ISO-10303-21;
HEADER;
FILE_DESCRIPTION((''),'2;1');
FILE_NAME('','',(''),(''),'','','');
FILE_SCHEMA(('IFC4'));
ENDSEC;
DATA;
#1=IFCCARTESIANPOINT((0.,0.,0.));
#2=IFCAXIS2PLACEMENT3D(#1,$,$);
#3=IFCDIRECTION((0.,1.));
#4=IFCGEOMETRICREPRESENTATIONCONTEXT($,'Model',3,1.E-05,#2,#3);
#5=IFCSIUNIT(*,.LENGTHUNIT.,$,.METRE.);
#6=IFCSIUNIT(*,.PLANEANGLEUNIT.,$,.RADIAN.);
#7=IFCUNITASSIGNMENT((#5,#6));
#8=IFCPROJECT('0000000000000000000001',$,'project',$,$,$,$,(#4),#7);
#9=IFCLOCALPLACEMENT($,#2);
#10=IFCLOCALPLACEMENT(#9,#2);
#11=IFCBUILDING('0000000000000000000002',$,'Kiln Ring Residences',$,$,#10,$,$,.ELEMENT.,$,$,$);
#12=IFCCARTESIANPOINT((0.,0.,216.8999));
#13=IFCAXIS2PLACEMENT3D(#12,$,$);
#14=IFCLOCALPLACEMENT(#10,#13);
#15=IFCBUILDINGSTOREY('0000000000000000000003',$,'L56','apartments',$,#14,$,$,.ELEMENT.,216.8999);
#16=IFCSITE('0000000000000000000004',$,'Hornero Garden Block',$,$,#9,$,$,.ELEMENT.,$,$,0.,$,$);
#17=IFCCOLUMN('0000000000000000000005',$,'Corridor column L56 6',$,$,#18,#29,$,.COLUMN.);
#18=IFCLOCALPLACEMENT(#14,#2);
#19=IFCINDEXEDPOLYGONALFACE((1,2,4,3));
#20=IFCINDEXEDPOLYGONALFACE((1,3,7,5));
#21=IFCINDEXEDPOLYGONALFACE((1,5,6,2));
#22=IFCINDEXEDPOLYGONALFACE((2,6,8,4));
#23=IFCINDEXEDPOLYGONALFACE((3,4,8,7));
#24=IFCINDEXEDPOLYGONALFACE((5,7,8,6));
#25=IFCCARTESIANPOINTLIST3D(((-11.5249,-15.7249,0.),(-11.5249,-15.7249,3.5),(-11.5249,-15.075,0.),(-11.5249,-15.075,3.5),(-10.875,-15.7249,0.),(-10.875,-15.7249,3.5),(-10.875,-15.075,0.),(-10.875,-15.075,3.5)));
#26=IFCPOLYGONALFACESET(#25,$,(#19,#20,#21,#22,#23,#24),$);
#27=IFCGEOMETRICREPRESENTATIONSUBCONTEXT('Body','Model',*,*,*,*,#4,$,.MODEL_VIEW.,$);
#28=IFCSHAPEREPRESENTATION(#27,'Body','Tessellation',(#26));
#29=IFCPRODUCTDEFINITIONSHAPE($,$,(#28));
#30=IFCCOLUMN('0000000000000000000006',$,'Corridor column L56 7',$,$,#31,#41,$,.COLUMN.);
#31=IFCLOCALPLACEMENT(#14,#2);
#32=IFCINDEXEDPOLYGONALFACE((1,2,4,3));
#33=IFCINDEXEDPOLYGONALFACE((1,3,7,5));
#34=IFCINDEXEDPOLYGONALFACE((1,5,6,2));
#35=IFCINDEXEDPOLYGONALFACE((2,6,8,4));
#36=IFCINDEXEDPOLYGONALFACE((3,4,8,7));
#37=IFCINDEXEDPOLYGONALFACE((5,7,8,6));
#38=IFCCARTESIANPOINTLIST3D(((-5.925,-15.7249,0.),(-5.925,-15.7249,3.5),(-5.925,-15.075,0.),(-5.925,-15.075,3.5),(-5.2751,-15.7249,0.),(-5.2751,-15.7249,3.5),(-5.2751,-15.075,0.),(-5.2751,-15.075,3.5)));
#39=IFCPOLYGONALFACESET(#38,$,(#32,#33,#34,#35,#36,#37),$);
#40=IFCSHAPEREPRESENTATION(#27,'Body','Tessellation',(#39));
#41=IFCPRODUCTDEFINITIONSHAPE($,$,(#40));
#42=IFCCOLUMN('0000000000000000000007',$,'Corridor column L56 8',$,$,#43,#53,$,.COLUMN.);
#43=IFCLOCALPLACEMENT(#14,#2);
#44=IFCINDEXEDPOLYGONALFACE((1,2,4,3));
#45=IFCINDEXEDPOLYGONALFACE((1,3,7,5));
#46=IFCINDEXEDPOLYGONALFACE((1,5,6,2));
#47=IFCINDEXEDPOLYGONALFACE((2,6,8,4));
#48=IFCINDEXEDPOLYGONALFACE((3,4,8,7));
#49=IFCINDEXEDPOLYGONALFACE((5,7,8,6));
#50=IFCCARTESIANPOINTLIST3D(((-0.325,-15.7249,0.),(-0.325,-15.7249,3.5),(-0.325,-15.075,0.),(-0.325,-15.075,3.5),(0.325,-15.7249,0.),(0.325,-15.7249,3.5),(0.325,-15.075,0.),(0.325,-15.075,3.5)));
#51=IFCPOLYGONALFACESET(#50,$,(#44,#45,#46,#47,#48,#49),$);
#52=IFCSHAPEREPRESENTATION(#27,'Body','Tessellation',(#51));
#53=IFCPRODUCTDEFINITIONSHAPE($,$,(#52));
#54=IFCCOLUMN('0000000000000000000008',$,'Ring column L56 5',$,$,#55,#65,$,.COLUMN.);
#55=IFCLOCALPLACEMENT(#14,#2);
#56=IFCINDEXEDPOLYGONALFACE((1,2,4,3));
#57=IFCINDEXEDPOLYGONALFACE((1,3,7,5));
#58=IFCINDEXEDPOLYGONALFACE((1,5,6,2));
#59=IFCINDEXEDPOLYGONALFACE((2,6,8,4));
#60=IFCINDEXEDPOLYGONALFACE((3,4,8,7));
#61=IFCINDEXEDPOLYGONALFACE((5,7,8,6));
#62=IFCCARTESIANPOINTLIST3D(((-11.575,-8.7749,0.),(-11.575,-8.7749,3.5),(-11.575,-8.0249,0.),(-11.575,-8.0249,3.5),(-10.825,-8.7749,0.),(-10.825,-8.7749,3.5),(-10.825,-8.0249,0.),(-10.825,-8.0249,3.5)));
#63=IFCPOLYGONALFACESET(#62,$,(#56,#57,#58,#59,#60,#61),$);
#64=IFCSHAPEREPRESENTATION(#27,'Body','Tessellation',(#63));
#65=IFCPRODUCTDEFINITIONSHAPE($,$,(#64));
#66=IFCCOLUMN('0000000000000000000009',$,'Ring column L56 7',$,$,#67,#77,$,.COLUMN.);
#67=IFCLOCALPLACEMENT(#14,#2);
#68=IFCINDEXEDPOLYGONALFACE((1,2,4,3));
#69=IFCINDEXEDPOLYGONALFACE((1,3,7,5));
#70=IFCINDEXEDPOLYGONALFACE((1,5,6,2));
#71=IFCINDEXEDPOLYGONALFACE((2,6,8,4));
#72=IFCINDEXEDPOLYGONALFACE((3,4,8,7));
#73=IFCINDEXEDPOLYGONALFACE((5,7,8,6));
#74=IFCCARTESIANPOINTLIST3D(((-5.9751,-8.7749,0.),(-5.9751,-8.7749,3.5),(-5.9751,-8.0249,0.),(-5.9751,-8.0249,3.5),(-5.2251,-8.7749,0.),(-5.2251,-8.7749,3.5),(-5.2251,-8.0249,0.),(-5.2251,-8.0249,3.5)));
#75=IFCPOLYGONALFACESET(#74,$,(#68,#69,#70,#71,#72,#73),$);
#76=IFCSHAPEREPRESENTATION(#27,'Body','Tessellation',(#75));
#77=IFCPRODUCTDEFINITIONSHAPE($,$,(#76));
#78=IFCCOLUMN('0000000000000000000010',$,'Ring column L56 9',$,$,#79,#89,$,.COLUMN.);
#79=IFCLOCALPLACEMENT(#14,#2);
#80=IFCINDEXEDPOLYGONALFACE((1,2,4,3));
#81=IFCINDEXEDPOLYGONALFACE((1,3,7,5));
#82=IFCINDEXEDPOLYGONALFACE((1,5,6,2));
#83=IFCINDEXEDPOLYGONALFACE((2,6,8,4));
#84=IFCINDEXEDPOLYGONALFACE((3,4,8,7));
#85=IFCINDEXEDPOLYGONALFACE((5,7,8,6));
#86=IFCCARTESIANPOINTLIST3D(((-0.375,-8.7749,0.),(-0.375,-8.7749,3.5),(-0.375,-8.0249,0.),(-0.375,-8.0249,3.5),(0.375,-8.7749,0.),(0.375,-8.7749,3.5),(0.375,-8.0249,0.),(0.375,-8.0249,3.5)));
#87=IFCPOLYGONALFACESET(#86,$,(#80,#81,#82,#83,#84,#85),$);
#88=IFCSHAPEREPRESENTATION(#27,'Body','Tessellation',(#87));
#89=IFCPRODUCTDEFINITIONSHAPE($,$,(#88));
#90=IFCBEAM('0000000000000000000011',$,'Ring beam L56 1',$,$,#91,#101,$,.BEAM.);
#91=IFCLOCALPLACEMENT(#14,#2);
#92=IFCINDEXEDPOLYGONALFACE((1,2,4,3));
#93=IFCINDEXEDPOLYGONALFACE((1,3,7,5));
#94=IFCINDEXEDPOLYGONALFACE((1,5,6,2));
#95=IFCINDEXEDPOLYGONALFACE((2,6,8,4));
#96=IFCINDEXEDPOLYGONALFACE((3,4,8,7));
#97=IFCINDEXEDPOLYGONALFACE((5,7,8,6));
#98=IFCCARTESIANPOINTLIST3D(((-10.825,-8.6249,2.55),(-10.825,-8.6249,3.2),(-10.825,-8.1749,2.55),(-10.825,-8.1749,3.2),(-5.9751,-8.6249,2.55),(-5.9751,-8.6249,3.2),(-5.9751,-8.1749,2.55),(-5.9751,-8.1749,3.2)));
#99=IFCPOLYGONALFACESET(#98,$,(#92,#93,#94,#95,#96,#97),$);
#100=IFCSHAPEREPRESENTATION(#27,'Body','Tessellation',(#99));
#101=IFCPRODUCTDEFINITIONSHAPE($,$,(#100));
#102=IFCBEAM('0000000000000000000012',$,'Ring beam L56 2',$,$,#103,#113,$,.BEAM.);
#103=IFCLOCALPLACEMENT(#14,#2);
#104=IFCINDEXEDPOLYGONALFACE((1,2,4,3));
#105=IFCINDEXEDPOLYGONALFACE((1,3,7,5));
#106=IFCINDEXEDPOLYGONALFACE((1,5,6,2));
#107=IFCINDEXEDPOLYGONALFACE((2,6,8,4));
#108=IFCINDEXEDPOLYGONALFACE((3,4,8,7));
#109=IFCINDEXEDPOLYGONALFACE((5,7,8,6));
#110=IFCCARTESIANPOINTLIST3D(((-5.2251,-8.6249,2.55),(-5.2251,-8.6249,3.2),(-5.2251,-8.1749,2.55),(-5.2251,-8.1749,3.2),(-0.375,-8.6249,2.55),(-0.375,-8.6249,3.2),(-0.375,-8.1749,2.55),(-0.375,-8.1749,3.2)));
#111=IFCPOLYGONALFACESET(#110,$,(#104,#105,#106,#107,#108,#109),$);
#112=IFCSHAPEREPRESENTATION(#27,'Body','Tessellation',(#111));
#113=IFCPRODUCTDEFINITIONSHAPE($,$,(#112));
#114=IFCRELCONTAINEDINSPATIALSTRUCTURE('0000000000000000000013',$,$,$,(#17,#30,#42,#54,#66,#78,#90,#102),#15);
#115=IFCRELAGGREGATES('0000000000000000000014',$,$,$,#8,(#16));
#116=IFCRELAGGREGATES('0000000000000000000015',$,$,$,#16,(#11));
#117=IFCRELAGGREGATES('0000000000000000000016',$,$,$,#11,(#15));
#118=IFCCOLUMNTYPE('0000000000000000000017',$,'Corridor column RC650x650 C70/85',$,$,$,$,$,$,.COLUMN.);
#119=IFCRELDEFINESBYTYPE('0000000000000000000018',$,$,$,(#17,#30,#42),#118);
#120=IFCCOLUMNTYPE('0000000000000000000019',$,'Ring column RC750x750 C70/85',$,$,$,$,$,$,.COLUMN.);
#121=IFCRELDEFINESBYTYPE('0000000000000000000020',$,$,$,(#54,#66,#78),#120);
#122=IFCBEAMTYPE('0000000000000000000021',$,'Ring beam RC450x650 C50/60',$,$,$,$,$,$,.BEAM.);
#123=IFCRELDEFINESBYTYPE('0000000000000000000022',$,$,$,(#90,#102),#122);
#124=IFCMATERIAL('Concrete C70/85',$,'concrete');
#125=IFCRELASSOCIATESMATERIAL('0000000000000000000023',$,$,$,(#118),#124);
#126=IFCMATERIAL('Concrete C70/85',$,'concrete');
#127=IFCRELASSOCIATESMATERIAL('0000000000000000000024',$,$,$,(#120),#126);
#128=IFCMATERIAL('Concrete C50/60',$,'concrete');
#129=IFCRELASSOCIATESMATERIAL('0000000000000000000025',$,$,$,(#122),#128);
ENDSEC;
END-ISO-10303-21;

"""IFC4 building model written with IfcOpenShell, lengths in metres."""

from ifc_helpers import new_model, si_unit, direction, frame, origin, origin_2d, place, context, subcontext, project, spatial, rectangle, extrude, material, material_profile, profile_set, type_object, element, save


model = new_model("IFC4")

# Units and contexts
model_context = context("Model", 3, precision=1e-05, world=origin(), true_north=direction((0.0, 1.0)))
body_context = subcontext(model_context, "Body", "Model", "MODEL_VIEW")
ifc_project = project(units=[si_unit("LENGTHUNIT", "METRE"), si_unit("PLANEANGLEUNIT", "RADIAN")], contexts=[model_context])

# Site, building, storey
site_placement = place(None, origin())
site = spatial("IfcSite", under=ifc_project, at=site_placement, Name="Hornero Garden Block", CompositionType="ELEMENT", RefElevation=0.0)
building_placement = place(site_placement, origin())
building = spatial("IfcBuilding", under=site, at=building_placement, Name="Kiln Ring Residences", CompositionType="ELEMENT")
storey_placement = place(building_placement, frame((0.0, 0.0, 216.8999)))
storey = spatial("IfcBuildingStorey", under=building, at=storey_placement, Name="L56", Description="apartments", CompositionType="ELEMENT", Elevation=216.8999)

# Columns
ifc_material_1 = material(Name="Concrete C70/85", Category="concrete")
ifc_material_profile_1 = material_profile(ifc_material_1, rectangle(XDim=0.6499, YDim=0.6499, at=origin_2d()), Name="RC650x650")
ifc_profile_set_1 = profile_set([ifc_material_profile_1], Name="Concrete C70/85")
column_type_1 = type_object("IfcColumnType", Name="Corridor column RC650x650 C70/85", PredefinedType="COLUMN", material=ifc_profile_set_1)
for number, where, z_axis, x_axis, name in (
    (1, (-11.2, -15.3999, 0.0), (0.0, 0.0, 1.0), (1.0, 0.0, 0.0), "Corridor column L56 6"),
    (2, (-5.6001, -15.3999, 0.0), (0.0, 0.0, 1.0), (1.0, 0.0, 0.0), "Corridor column L56 7"),
    (3, (0.0, -15.3999, 0.0), (0.0, 0.0, 1.0), (1.0, 0.0, 0.0), "Corridor column L56 8"),
):
    element("IfcColumn", number, at=place(storey_placement, frame(where, z_axis=z_axis, x_axis=x_axis)), inside=storey, type_object=column_type_1, Name=name, PredefinedType="COLUMN", context=body_context, shape_type="SweptSolid", body=[
        extrude(rectangle(XDim=0.6499, YDim=0.6499, at=origin_2d()), origin(), (0.0, 0.0, 1.0), 3.5),
    ])
ifc_material_2 = material(Name="Concrete C70/85", Category="concrete")
ifc_material_profile_2 = material_profile(ifc_material_2, rectangle(XDim=0.75, YDim=0.75, at=origin_2d()), Name="RC750x750")
ifc_profile_set_2 = profile_set([ifc_material_profile_2], Name="Concrete C70/85")
column_type_2 = type_object("IfcColumnType", Name="Ring column RC750x750 C70/85", PredefinedType="COLUMN", material=ifc_profile_set_2)
for number, where, z_axis, x_axis, name in (
    (4, (-11.2, -8.3999, 0.0), (0.0, 0.0, 1.0), (1.0, 0.0, 0.0), "Ring column L56 5"),
    (5, (-5.6001, -8.3999, 0.0), (0.0, 0.0, 1.0), (1.0, 0.0, 0.0), "Ring column L56 7"),
    (6, (0.0, -8.3999, 0.0), (0.0, 0.0, 1.0), (1.0, 0.0, 0.0), "Ring column L56 9"),
):
    element("IfcColumn", number, at=place(storey_placement, frame(where, z_axis=z_axis, x_axis=x_axis)), inside=storey, type_object=column_type_2, Name=name, PredefinedType="COLUMN", context=body_context, shape_type="SweptSolid", body=[
        extrude(rectangle(XDim=0.75, YDim=0.75, at=origin_2d()), origin(), (0.0, 0.0, 1.0), 3.5),
    ])

# Beams
ifc_material_3 = material(Name="Concrete C50/60", Category="concrete")
ifc_material_profile_3 = material_profile(ifc_material_3, rectangle(XDim=0.45, YDim=0.6499, at=origin_2d()), Name="RC450x650")
ifc_profile_set_3 = profile_set([ifc_material_profile_3], Name="Concrete C50/60")
beam_type = type_object("IfcBeamType", Name="Ring beam RC450x650 C50/60", PredefinedType="BEAM", material=ifc_profile_set_3)
beam_1_placement = place(storey_placement, frame((-10.825, -8.3999, 2.875), z_axis=(1.0, 0.0, 0.0), x_axis=(0.0, 1.0, 0.0)))
element("IfcBeam", 7, at=beam_1_placement, inside=storey, type_object=beam_type, Name="Ring beam L56 1", PredefinedType="BEAM", context=body_context, shape_type="SweptSolid", body=[
    extrude(rectangle(XDim=0.45, YDim=0.6499, at=origin_2d()), origin(), (0.0, 0.0, 1.0), 4.8499),
])
beam_2_placement = place(storey_placement, frame((-5.2251, -8.3999, 2.875), z_axis=(1.0, 0.0, 0.0), x_axis=(0.0, 1.0, 0.0)))
element("IfcBeam", 8, at=beam_2_placement, inside=storey, type_object=beam_type, Name="Ring beam L56 2", PredefinedType="BEAM", context=body_context, shape_type="SweptSolid", body=[
    extrude(rectangle(XDim=0.45, YDim=0.6499, at=origin_2d()), origin(), (0.0, 0.0, 1.0), 4.8501),
])

save(model, "model.ifc")
